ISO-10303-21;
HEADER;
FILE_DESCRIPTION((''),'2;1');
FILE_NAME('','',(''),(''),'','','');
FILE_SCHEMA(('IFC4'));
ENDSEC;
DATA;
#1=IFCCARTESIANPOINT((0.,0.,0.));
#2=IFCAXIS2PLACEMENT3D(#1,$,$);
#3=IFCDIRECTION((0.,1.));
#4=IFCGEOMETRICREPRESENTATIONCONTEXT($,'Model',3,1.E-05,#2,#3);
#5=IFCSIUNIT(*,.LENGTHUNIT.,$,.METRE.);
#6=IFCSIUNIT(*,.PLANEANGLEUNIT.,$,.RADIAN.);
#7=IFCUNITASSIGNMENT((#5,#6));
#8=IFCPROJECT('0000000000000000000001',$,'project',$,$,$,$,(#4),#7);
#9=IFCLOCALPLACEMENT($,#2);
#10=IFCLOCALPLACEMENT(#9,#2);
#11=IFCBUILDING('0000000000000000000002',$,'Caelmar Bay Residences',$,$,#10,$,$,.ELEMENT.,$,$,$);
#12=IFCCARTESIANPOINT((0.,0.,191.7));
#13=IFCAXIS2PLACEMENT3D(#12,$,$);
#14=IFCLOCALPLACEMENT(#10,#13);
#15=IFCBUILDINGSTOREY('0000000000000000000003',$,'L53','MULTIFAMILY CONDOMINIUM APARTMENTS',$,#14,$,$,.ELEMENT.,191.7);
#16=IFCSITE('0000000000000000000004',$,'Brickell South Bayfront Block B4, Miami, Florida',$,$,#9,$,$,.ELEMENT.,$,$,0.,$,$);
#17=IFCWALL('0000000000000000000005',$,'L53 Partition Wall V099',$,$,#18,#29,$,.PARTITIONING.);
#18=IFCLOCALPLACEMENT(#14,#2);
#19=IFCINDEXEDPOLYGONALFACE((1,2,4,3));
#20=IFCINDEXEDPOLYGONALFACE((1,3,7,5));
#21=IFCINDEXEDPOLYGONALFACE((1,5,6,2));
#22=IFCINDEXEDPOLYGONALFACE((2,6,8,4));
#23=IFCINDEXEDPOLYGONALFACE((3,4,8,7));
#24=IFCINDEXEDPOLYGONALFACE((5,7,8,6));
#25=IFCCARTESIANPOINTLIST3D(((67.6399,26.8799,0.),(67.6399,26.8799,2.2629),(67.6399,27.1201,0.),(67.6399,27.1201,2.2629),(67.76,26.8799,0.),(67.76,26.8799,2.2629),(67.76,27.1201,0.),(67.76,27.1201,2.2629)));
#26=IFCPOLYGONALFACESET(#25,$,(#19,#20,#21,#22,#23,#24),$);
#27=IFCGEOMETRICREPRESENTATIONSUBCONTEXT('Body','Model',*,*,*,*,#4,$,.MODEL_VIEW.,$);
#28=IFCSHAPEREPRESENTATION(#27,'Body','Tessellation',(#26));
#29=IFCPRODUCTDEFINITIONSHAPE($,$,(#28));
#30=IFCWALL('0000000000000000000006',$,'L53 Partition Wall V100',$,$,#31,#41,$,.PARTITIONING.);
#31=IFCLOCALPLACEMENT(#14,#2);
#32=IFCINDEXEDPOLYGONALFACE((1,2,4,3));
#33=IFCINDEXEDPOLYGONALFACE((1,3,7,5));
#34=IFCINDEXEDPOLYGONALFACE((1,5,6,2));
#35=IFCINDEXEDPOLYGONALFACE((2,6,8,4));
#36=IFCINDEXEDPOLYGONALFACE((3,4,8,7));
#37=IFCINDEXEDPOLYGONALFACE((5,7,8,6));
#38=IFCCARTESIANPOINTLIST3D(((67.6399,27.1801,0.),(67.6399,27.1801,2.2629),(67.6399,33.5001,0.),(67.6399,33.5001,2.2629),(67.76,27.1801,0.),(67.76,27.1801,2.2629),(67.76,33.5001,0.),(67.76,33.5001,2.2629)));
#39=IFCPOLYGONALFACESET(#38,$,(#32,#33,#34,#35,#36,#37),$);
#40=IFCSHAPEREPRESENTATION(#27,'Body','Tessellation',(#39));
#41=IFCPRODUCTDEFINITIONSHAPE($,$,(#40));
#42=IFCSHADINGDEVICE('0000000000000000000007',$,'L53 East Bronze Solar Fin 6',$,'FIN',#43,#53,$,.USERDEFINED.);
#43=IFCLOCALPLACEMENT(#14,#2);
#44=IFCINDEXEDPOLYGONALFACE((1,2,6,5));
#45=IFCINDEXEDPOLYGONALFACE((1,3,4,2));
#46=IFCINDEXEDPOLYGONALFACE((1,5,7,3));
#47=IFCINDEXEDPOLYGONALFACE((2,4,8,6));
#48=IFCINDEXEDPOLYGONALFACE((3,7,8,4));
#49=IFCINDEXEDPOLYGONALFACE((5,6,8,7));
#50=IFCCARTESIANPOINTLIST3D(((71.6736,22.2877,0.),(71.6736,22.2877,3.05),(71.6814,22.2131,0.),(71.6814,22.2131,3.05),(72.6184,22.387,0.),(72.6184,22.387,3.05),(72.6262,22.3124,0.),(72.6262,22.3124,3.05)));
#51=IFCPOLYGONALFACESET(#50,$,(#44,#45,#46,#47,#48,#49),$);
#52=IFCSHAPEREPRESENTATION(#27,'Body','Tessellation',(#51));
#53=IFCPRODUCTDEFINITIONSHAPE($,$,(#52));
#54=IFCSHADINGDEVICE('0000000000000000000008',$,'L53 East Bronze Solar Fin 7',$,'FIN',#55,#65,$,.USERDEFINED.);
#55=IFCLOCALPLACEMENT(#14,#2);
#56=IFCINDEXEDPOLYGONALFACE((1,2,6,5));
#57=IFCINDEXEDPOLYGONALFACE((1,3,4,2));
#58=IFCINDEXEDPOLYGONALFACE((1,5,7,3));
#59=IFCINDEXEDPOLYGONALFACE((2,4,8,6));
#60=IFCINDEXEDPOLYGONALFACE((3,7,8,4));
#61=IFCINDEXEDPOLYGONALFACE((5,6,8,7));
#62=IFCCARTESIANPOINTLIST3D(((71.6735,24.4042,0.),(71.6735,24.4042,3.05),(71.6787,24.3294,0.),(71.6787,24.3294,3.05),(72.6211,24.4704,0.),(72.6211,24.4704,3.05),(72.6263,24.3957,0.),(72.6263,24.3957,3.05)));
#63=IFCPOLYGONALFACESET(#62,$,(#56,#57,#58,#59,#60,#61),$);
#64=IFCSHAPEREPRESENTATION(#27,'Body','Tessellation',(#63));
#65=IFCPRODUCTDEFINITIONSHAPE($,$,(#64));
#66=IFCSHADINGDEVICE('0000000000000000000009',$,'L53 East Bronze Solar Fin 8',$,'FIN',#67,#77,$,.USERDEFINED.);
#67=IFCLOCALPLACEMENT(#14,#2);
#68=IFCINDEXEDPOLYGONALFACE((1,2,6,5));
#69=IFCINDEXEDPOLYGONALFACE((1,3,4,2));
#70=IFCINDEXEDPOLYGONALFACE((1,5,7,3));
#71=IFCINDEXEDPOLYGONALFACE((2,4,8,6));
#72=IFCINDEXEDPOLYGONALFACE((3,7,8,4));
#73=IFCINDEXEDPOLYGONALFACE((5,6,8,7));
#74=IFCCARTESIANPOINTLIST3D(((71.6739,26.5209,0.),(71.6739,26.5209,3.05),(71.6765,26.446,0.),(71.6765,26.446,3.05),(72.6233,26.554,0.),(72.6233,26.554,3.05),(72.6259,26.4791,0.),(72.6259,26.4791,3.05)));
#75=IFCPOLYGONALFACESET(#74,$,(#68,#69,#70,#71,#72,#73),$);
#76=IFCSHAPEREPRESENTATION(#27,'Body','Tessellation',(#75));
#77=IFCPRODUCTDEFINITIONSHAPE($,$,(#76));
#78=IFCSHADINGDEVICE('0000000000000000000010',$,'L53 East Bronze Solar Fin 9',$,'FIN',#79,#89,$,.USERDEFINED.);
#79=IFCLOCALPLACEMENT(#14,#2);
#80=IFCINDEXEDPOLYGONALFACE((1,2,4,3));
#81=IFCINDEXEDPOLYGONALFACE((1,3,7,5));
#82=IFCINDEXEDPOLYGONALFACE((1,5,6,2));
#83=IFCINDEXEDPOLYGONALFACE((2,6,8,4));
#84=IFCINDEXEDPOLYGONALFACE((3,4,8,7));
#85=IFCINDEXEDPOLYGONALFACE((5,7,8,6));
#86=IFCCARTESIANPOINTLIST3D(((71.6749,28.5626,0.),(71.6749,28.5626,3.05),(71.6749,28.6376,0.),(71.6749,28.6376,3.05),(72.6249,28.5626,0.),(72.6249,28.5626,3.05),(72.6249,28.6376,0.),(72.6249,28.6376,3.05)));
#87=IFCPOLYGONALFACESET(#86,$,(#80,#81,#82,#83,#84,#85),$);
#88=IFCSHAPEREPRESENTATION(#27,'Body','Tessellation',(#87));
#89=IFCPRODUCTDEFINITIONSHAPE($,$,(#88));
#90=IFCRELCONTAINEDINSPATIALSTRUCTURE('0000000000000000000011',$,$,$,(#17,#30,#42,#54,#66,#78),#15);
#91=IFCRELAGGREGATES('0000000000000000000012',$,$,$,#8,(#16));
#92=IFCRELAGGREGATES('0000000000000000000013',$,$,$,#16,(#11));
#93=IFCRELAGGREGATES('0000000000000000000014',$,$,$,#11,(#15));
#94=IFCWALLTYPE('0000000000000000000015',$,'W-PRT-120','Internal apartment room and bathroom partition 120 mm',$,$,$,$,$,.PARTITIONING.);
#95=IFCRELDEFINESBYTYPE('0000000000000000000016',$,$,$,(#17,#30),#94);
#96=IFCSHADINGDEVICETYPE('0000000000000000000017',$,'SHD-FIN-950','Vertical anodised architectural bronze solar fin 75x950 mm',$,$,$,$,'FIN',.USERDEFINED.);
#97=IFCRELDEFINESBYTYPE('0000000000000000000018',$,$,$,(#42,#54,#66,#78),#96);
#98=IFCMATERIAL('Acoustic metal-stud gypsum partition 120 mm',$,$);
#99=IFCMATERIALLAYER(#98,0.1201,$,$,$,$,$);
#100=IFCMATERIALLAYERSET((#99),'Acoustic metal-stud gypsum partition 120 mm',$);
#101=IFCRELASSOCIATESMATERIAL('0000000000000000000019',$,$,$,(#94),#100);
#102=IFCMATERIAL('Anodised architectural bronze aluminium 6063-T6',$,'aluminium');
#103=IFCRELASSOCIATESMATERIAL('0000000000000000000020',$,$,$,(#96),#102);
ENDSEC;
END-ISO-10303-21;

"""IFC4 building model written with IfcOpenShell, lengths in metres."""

from ifc_helpers import new_model, si_unit, direction, frame, frame_2d, origin, origin_2d, place, context, subcontext, project, spatial, rectangle, extrude, material, layer, layer_set, material_profile, profile_set, type_object, element, save


model = new_model("IFC4")

# Units and contexts
model_context = context("Model", 3, precision=1e-05, world=origin(), true_north=direction((0.0, 1.0)))
body_context = subcontext(model_context, "Body", "Model", "MODEL_VIEW")
ifc_project = project(units=[si_unit("LENGTHUNIT", "METRE"), si_unit("PLANEANGLEUNIT", "RADIAN")], contexts=[model_context])

# Site, building, storey
site_placement = place(None, origin())
site = spatial("IfcSite", under=ifc_project, at=site_placement, Name="Brickell South Bayfront Block B4, Miami, Florida", CompositionType="ELEMENT", RefElevation=0.0)
building_placement = place(site_placement, origin())
building = spatial("IfcBuilding", under=site, at=building_placement, Name="Caelmar Bay Residences", CompositionType="ELEMENT")
storey_placement = place(building_placement, frame((0.0, 0.0, 191.7)))
storey = spatial("IfcBuildingStorey", under=building, at=storey_placement, Name="L53", Description="MULTIFAMILY CONDOMINIUM APARTMENTS", CompositionType="ELEMENT", Elevation=191.7)

# Shared definitions
ifc_material_1 = material(Name="Acoustic metal-stud gypsum partition 120 mm")
ifc_layer_1 = layer(ifc_material_1, 0.1201)
ifc_layer_set_1 = layer_set([ifc_layer_1], Name="Acoustic metal-stud gypsum partition 120 mm")
wall_type = type_object("IfcWallType", Name="W-PRT-120", Description="Internal apartment room and bathroom partition 120 mm", PredefinedType="PARTITIONING", material=ifc_layer_set_1)

# Walls
wall_1_placement = place(storey_placement, frame((67.7, 26.8799, 0.0), z_axis=(0.0, 0.0, 1.0), x_axis=(0.0, 1.0, 0.0)))
element("IfcWall", 1, at=wall_1_placement, inside=storey, type_object=wall_type, Name="L53 Partition Wall V099", PredefinedType="PARTITIONING", context=body_context, shape_type="SweptSolid", body=[
    extrude(rectangle(XDim=0.2402, YDim=0.1201, at=frame_2d((0.1201, 0.0))), origin(), (0.0, 0.0, 1.0), 2.2629),
])
wall_2_placement = place(storey_placement, frame((67.7, 27.1799, 0.0), z_axis=(0.0, 0.0, 1.0), x_axis=(0.0, 1.0, 0.0)))
element("IfcWall", 2, at=wall_2_placement, inside=storey, type_object=wall_type, Name="L53 Partition Wall V100", PredefinedType="PARTITIONING", context=body_context, shape_type="SweptSolid", body=[
    extrude(rectangle(XDim=6.3201, YDim=0.1201, at=frame_2d((3.1602, 0.0))), origin(), (0.0, 0.0, 1.0), 2.2629),
])

# Shading devices
ifc_material_2 = material(Name="Anodised architectural bronze aluminium 6063-T6", Category="aluminium")
ifc_material_profile_1 = material_profile(ifc_material_2, rectangle(XDim=0.075, YDim=0.95, at=origin_2d()), Name="BRONZE-FIN-75X950")
ifc_profile_set_1 = profile_set([ifc_material_profile_1], Name="Anodised architectural bronze aluminium 6063-T6")
shading_device_type = type_object("IfcShadingDeviceType", Name="SHD-FIN-950", Description="Vertical anodised architectural bronze solar fin 75x950 mm", ElementType="FIN", PredefinedType="USERDEFINED", material=ifc_profile_set_1)
for number, where, z_axis, x_axis, name in (
    (3, (72.1499, 22.3, 0.0), (0.0, 0.0, 1.0), (-0.104528, 0.994522, 0.0), "L53 East Bronze Solar Fin 6"),
    (4, (72.1499, 24.3999, 0.0), (0.0, 0.0, 1.0), (-0.069756, 0.997564, 0.0), "L53 East Bronze Solar Fin 7"),
    (5, (72.1499, 26.5, 0.0), (0.0, 0.0, 1.0), (-0.034899, 0.999391, 0.0), "L53 East Bronze Solar Fin 8"),
    (6, (72.1499, 28.6001, 0.0), (0.0, 0.0, 1.0), (0.0, 1.0, 0.0), "L53 East Bronze Solar Fin 9"),
):
    element("IfcShadingDevice", number, at=place(storey_placement, frame(where, z_axis=z_axis, x_axis=x_axis)), inside=storey, type_object=shading_device_type, Name=name, ObjectType="FIN", PredefinedType="USERDEFINED", context=body_context, shape_type="SweptSolid", body=[
        extrude(rectangle(XDim=0.075, YDim=0.95, at=origin_2d()), origin(), (0.0, 0.0, 1.0), 3.05),
    ])

save(model, "model.ifc")
